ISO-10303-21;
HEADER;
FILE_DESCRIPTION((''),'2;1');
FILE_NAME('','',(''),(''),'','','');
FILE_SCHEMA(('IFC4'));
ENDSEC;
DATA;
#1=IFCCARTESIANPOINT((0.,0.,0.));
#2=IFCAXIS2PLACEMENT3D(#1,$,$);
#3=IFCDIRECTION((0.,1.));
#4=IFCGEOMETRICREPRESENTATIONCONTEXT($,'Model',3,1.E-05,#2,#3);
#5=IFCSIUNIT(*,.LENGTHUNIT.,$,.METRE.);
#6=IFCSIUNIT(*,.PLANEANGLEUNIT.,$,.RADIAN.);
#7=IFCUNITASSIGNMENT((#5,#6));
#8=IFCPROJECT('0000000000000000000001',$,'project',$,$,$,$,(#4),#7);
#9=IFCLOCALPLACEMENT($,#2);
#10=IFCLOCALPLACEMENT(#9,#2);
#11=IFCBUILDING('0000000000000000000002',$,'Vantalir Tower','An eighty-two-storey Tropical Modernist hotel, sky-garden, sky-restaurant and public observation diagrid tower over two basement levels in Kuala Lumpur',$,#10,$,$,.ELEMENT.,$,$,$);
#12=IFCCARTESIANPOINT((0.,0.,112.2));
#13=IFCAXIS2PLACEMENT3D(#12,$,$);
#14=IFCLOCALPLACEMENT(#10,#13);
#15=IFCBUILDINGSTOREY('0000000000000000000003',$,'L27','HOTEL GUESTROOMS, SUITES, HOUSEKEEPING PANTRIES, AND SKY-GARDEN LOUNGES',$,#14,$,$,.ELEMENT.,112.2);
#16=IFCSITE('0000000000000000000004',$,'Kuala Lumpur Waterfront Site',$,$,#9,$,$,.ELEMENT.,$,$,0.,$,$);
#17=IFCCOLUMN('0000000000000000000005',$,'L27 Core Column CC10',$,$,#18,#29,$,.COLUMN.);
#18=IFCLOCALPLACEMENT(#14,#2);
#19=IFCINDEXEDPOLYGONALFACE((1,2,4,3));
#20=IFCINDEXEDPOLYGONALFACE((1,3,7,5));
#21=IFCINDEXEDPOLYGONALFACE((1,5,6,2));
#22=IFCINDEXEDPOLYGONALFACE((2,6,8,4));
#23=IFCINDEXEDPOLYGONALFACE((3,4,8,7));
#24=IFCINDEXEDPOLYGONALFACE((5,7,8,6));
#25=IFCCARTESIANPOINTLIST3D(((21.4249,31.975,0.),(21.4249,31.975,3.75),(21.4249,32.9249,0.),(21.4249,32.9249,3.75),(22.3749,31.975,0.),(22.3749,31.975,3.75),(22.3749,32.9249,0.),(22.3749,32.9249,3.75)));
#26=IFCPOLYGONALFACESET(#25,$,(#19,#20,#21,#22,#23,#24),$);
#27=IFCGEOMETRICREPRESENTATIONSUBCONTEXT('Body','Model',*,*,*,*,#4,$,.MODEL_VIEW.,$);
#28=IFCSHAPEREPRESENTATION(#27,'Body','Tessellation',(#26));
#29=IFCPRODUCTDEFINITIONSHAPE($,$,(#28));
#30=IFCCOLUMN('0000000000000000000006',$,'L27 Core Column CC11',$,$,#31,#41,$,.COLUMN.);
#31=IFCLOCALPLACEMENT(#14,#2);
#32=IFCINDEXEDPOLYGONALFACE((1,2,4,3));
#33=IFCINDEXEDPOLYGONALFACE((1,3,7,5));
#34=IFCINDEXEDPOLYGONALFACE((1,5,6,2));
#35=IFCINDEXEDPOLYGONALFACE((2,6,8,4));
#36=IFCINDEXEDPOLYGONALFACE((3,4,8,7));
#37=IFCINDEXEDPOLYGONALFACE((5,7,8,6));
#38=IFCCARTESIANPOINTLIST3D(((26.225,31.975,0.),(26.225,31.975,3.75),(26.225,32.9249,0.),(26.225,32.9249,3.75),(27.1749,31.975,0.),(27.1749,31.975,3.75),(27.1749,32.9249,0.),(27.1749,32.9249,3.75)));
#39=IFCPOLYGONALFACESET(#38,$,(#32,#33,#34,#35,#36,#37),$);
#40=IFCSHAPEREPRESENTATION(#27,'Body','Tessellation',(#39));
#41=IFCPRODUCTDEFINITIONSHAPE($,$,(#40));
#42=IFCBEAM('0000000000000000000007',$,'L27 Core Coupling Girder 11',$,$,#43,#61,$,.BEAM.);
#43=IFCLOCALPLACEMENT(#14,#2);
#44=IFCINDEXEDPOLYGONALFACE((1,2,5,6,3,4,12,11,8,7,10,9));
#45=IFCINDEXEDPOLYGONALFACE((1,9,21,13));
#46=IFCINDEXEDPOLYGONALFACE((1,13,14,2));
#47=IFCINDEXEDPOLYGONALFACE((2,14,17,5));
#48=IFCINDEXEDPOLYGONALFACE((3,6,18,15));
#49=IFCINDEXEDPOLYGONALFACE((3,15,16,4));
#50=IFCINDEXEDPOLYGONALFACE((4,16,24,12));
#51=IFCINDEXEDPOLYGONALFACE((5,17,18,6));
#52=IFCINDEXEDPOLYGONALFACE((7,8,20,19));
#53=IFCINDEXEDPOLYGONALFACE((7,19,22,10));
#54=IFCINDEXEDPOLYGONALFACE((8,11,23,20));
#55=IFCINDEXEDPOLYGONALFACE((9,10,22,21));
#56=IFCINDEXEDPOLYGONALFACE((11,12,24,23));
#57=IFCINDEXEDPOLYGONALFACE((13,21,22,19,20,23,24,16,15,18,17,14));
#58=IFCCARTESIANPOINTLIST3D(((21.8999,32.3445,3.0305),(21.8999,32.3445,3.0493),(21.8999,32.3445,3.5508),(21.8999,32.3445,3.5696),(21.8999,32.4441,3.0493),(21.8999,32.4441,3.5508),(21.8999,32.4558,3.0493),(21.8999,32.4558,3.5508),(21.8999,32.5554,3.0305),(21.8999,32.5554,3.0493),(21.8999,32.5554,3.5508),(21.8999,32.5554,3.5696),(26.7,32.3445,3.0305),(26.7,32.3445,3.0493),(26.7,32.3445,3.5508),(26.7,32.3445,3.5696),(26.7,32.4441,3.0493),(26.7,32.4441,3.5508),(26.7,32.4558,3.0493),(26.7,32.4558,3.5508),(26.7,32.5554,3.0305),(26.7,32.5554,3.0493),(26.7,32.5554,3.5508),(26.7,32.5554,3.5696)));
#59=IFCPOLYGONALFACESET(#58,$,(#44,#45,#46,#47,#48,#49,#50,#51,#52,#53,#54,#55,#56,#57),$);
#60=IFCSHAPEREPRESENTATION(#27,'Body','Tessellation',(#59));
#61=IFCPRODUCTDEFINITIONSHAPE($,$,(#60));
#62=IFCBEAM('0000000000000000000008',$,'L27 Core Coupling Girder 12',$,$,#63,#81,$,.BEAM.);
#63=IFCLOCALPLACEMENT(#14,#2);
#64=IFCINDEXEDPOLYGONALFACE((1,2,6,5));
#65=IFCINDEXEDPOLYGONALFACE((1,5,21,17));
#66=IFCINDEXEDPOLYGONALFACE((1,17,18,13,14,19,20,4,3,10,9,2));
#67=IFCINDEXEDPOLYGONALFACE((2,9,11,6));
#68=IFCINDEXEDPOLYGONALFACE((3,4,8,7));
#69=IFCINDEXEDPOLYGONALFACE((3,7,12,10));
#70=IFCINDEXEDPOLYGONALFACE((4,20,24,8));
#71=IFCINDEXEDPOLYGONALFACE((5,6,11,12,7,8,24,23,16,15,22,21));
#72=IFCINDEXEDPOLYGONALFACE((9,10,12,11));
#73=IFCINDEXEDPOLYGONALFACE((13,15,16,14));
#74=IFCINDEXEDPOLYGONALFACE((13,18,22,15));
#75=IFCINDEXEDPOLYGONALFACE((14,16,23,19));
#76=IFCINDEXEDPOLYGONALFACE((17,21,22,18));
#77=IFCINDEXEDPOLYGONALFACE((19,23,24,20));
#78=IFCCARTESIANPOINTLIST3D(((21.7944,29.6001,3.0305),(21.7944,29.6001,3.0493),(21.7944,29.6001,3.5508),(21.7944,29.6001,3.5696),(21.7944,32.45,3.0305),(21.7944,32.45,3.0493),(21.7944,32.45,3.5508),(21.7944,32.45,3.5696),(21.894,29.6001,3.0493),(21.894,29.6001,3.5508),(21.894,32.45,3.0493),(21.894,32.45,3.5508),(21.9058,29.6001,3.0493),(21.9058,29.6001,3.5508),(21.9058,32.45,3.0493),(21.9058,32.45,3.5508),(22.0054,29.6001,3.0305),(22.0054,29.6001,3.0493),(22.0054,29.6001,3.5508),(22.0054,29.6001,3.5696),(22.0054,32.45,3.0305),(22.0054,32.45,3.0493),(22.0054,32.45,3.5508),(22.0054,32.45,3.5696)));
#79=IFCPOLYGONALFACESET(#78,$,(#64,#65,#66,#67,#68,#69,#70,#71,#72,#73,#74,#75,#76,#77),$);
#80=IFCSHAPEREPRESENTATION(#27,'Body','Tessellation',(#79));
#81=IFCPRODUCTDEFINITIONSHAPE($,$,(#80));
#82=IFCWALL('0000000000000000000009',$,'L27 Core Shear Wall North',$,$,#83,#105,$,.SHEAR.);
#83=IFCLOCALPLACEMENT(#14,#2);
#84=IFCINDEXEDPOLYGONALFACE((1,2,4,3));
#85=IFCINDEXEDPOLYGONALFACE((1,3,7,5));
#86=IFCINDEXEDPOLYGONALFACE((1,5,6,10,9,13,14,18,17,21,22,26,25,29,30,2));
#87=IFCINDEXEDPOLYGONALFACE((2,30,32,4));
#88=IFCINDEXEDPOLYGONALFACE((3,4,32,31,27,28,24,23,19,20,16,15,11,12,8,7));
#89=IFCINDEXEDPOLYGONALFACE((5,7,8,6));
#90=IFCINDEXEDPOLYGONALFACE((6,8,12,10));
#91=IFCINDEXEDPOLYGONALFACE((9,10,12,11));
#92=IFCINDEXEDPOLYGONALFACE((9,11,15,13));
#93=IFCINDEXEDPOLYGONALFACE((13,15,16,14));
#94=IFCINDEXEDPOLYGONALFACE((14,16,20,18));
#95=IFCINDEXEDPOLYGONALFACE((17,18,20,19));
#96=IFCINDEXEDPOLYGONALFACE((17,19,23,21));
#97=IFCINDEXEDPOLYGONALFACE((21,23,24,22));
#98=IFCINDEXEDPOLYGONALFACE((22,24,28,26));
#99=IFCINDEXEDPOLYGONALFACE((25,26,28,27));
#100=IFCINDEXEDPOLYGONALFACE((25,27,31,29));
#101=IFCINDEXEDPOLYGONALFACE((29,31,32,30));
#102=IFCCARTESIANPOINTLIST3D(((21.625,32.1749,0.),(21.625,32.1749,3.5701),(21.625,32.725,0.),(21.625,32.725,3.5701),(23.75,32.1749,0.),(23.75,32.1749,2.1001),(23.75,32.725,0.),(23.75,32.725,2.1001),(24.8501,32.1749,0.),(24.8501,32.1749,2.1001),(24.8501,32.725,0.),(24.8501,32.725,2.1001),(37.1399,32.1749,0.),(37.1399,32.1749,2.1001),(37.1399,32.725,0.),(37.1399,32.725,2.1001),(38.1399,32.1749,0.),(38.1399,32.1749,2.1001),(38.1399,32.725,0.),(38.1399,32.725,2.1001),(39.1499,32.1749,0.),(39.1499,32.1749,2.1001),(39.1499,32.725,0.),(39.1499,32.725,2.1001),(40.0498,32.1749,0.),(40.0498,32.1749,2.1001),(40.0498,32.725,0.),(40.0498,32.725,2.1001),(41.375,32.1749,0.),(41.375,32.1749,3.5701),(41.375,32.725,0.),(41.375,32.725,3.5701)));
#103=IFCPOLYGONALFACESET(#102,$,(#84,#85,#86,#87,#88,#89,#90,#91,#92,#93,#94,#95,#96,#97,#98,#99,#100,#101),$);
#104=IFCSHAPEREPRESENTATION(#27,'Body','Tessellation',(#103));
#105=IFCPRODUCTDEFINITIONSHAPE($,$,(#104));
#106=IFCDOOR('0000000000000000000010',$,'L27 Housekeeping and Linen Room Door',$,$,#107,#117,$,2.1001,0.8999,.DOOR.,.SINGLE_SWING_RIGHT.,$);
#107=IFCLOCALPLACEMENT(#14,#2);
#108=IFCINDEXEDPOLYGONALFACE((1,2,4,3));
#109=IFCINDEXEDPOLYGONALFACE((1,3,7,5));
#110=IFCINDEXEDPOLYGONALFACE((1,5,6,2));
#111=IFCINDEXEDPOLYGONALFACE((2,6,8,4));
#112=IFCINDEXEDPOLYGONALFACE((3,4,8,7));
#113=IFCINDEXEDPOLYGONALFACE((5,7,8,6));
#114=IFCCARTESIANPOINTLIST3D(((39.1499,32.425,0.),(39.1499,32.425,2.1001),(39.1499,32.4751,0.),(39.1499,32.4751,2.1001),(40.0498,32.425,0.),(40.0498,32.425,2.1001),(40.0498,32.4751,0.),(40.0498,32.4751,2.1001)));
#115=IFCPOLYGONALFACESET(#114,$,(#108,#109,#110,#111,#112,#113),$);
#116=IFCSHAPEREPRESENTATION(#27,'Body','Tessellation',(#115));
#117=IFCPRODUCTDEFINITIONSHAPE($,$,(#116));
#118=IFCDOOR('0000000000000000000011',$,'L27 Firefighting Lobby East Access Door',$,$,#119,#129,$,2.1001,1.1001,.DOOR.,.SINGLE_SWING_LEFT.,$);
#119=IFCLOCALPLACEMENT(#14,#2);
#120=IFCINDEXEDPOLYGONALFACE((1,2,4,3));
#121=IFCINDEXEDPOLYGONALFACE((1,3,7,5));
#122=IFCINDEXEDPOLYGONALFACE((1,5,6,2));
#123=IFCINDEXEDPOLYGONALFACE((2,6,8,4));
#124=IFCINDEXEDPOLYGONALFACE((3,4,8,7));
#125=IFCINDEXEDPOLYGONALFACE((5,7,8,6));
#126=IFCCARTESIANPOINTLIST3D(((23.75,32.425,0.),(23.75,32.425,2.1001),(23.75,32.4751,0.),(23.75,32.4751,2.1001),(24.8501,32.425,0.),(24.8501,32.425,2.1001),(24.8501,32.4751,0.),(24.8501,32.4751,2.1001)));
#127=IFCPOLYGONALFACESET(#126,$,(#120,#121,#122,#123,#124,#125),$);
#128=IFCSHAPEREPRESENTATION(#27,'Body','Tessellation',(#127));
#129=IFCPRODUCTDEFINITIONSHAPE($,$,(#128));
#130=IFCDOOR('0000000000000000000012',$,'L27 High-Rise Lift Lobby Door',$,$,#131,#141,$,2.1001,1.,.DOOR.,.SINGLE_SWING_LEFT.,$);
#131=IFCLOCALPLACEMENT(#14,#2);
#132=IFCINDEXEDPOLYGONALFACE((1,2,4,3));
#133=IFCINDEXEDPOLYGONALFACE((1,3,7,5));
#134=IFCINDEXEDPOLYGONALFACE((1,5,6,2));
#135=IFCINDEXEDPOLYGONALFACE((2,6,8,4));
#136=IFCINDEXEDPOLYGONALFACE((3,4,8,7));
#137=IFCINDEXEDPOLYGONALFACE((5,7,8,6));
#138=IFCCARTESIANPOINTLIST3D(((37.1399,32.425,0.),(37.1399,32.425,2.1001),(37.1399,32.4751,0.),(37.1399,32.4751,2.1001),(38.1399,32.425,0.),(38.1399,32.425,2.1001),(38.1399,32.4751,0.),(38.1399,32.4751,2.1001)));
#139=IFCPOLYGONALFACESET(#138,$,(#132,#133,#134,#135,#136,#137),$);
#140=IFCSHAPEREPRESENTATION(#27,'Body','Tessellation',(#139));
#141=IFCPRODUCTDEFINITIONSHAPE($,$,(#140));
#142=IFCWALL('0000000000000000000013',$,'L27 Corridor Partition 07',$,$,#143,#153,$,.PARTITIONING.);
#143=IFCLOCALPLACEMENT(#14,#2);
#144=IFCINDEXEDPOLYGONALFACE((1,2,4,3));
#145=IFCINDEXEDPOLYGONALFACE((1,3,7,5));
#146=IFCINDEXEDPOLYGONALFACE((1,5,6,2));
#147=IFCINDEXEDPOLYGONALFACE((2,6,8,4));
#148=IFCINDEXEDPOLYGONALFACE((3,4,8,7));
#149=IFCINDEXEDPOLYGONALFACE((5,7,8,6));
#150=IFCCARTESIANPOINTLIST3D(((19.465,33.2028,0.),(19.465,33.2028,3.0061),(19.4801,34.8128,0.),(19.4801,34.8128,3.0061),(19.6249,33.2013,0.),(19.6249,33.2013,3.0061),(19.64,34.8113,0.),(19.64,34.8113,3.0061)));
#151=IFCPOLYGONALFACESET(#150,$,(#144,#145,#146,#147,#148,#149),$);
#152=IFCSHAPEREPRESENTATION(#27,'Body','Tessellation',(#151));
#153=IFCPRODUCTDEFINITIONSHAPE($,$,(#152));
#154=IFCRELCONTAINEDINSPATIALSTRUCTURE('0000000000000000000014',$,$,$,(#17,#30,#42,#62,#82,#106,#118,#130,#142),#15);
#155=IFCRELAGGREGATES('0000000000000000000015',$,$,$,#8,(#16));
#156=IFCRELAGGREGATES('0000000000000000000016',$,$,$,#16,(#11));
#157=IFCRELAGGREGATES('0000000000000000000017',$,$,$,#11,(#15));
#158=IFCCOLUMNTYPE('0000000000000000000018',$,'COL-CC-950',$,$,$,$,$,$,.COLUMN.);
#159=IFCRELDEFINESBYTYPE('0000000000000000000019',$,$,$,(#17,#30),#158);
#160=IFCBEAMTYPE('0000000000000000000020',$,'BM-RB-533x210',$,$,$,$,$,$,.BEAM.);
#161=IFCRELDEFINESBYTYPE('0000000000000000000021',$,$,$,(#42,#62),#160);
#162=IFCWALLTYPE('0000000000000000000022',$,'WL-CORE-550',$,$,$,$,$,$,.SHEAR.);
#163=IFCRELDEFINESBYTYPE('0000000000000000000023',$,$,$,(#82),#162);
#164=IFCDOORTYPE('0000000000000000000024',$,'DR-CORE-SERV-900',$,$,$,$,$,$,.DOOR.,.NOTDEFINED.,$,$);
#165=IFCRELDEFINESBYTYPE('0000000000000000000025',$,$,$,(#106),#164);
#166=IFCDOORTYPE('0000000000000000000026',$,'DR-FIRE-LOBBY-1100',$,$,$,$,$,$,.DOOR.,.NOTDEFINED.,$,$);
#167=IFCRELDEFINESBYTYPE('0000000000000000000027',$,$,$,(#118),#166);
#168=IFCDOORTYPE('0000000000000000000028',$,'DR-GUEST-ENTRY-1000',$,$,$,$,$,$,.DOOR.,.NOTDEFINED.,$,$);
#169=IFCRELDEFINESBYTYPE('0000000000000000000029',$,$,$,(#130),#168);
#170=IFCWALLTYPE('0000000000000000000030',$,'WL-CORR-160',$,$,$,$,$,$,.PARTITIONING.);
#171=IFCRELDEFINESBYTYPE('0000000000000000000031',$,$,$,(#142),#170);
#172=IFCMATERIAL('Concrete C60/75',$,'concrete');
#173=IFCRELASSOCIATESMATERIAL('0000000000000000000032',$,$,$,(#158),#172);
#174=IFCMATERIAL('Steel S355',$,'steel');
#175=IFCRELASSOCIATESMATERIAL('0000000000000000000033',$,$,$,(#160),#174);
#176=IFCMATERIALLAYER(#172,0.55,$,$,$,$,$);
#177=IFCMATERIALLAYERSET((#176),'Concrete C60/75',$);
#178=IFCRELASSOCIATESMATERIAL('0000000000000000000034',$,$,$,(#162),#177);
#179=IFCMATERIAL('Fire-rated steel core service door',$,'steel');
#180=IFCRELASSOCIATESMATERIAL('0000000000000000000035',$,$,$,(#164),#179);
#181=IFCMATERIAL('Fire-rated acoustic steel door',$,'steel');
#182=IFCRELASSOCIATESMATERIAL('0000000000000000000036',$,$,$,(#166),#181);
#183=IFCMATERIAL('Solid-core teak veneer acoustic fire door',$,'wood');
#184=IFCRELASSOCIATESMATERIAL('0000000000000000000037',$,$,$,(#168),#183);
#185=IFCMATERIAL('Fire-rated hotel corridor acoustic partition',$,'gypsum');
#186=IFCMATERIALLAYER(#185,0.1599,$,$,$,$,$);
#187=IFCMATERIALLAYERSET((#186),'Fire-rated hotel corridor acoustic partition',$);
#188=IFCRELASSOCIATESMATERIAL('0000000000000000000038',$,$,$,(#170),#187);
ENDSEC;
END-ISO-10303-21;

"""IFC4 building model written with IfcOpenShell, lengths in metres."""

from ifc_helpers import new_model, si_unit, direction, frame, frame_2d, origin, origin_2d, place, context, subcontext, project, spatial, rectangle, i_section, extrude, material, layer, layer_set, material_profile, profile_set, type_object, element, fill, save


model = new_model("IFC4")

# Units and contexts
model_context = context("Model", 3, precision=1e-05, world=origin(), true_north=direction((0.0, 1.0)))
body_context = subcontext(model_context, "Body", "Model", "MODEL_VIEW")
ifc_project = project(units=[si_unit("LENGTHUNIT", "METRE"), si_unit("PLANEANGLEUNIT", "RADIAN")], contexts=[model_context])

# Site, building, storey
site_placement = place(None, origin())
site = spatial("IfcSite", under=ifc_project, at=site_placement, Name="Kuala Lumpur Waterfront Site", CompositionType="ELEMENT", RefElevation=0.0)
building_placement = place(site_placement, origin())
building = spatial("IfcBuilding", under=site, at=building_placement, Name="Vantalir Tower", Description="An eighty-two-storey Tropical Modernist hotel, sky-garden, sky-restaurant and public observation diagrid tower over two basement levels in Kuala Lumpur", CompositionType="ELEMENT")
storey_placement = place(building_placement, frame((0.0, 0.0, 112.2)))
storey = spatial("IfcBuildingStorey", under=building, at=storey_placement, Name="L27", Description="HOTEL GUESTROOMS, SUITES, HOUSEKEEPING PANTRIES, AND SKY-GARDEN LOUNGES", CompositionType="ELEMENT", Elevation=112.2)

# Columns
ifc_material_1 = material(Name="Concrete C60/75", Category="concrete")
ifc_material_profile_1 = material_profile(ifc_material_1, rectangle(XDim=0.95, YDim=0.95, at=origin_2d()), Name="Concrete C60/75")
ifc_profile_set_1 = profile_set([ifc_material_profile_1], Name="Concrete C60/75")
column_type = type_object("IfcColumnType", Name="COL-CC-950", PredefinedType="COLUMN", material=ifc_profile_set_1)
for number, where, z_axis, x_axis, name in (
    (1, (21.8999, 32.45, 0.0), (0.0, 0.0, 1.0), (1.0, 0.0, 0.0), "L27 Core Column CC10"),
    (2, (26.7, 32.45, 0.0), (0.0, 0.0, 1.0), (1.0, 0.0, 0.0), "L27 Core Column CC11"),
):
    element("IfcColumn", number, at=place(storey_placement, frame(where, z_axis=z_axis, x_axis=x_axis)), inside=storey, type_object=column_type, Name=name, PredefinedType="COLUMN", context=body_context, shape_type="SweptSolid", body=[
        extrude(rectangle(XDim=0.95, YDim=0.95, at=origin_2d()), origin(), (0.0, 0.0, 1.0), 3.75),
    ])

# Beams
ifc_material_2 = material(Name="Steel S355", Category="steel")
ifc_material_profile_2 = material_profile(ifc_material_2, i_section(OverallWidth=0.2109, OverallDepth=0.5391, WebThickness=0.0117, FlangeThickness=0.0188, at=origin_2d()), Name="Steel S355")
ifc_profile_set_2 = profile_set([ifc_material_profile_2], Name="Steel S355")
beam_type = type_object("IfcBeamType", Name="BM-RB-533x210", PredefinedType="BEAM", material=ifc_profile_set_2)
beam_1_placement = place(storey_placement, frame((26.7, 32.45, 3.3), z_axis=(-1.0, 0.0, 0.0), x_axis=(0.0, -1.0, 0.0)))
element("IfcBeam", 3, at=beam_1_placement, inside=storey, type_object=beam_type, Name="L27 Core Coupling Girder 11", PredefinedType="BEAM", context=body_context, shape_type="SweptSolid", body=[
    extrude(i_section(OverallWidth=0.2109, OverallDepth=0.5391, WebThickness=0.0117, FlangeThickness=0.0188, at=origin_2d()), origin(), (0.0, 0.0, 1.0), 4.8),
])
beam_2_placement = place(storey_placement, frame((21.8999, 32.45, 3.3), z_axis=(0.0, -1.0, 0.0), x_axis=(1.0, 0.0, 0.0)))
element("IfcBeam", 4, at=beam_2_placement, inside=storey, type_object=beam_type, Name="L27 Core Coupling Girder 12", PredefinedType="BEAM", context=body_context, shape_type="SweptSolid", body=[
    extrude(i_section(OverallWidth=0.2109, OverallDepth=0.5391, WebThickness=0.0117, FlangeThickness=0.0188, at=origin_2d()), origin(), (0.0, 0.0, 1.0), 2.8499),
])

# Wall, openings, doors
ifc_layer_1 = layer(ifc_material_1, 0.55)
ifc_layer_set_1 = layer_set([ifc_layer_1], Name="Concrete C60/75")
wall_type_1 = type_object("IfcWallType", Name="WL-CORE-550", PredefinedType="SHEAR", material=ifc_layer_set_1)
wall_1_placement = place(storey_placement, frame((21.625, 32.45, 0.0), z_axis=(0.0, 0.0, 1.0), x_axis=(1.0, 0.0, 0.0)))
wall_1 = element("IfcWall", 5, at=wall_1_placement, inside=storey, type_object=wall_type_1, Name="L27 Core Shear Wall North", PredefinedType="SHEAR", context=body_context, shape_type="SweptSolid", body=[
    extrude(rectangle(XDim=19.75, YDim=0.55, at=frame_2d((9.875, 0.0))), origin(), (0.0, 0.0, 1.0), 3.5701),
])
opening_1_placement = place(wall_1_placement, frame((2.125, 0.0, 0.0)))
opening_1 = element("IfcOpeningElement", 6, at=opening_1_placement, cuts=wall_1, PredefinedType="OPENING", context=body_context, shape_type="SweptSolid", body=[
    extrude(rectangle(XDim=1.1001, YDim=2.1001, at=frame_2d((0.55, 1.05))), frame((0.0, 0.2849, 0.0), z_axis=(0.0, -1.0, 0.0), x_axis=(1.0, 0.0, 0.0)), (0.0, 0.0, 1.0), 0.5701),
])
opening_2_placement = place(wall_1_placement, frame((15.5149, 0.0, 0.0)))
opening_2 = element("IfcOpeningElement", 7, at=opening_2_placement, cuts=wall_1, PredefinedType="OPENING", context=body_context, shape_type="SweptSolid", body=[
    extrude(rectangle(XDim=1.0, YDim=2.1001, at=frame_2d((0.5, 1.05))), frame((0.0, 0.2849, 0.0), z_axis=(0.0, -1.0, 0.0), x_axis=(1.0, 0.0, 0.0)), (0.0, 0.0, 1.0), 0.5701),
])
opening_3_placement = place(wall_1_placement, frame((17.5249, 0.0, 0.0)))
opening_3 = element("IfcOpeningElement", 8, at=opening_3_placement, cuts=wall_1, PredefinedType="OPENING", context=body_context, shape_type="SweptSolid", body=[
    extrude(rectangle(XDim=0.8999, YDim=2.1001, at=frame_2d((0.45, 1.05))), frame((0.0, 0.2849, 0.0), z_axis=(0.0, -1.0, 0.0), x_axis=(1.0, 0.0, 0.0)), (0.0, 0.0, 1.0), 0.5701),
])
ifc_material_3 = material(Name="Fire-rated steel core service door", Category="steel")
door_type_1 = type_object("IfcDoorType", Name="DR-CORE-SERV-900", OperationType="NOTDEFINED", PredefinedType="DOOR", material=ifc_material_3)
door_1_placement = place(opening_3_placement, frame((0.8999, 0.0, 0.0), z_axis=(0.0, 0.0, 1.0), x_axis=(-1.0, 0.0, 0.0)))
door_1 = element("IfcDoor", 9, at=door_1_placement, inside=storey, type_object=door_type_1, Name="L27 Housekeeping and Linen Room Door", OperationType="SINGLE_SWING_RIGHT", OverallHeight=2.1001, OverallWidth=0.8999, PredefinedType="DOOR", context=body_context, shape_type="SweptSolid", body=[
    extrude(rectangle(XDim=0.8999, YDim=2.1001, at=frame_2d((0.45, 1.05))), frame((0.0, 0.0249, 0.0), z_axis=(0.0, -1.0, 0.0), x_axis=(1.0, 0.0, 0.0)), (0.0, 0.0, 1.0), 0.05),
])
fill(opening_3, door_1)
ifc_material_4 = material(Name="Fire-rated acoustic steel door", Category="steel")
door_type_2 = type_object("IfcDoorType", Name="DR-FIRE-LOBBY-1100", OperationType="NOTDEFINED", PredefinedType="DOOR", material=ifc_material_4)
door_2_placement = place(opening_1_placement, frame((1.1001, 0.0, 0.0), z_axis=(0.0, 0.0, 1.0), x_axis=(-1.0, 0.0, 0.0)))
door_2 = element("IfcDoor", 10, at=door_2_placement, inside=storey, type_object=door_type_2, Name="L27 Firefighting Lobby East Access Door", OperationType="SINGLE_SWING_LEFT", OverallHeight=2.1001, OverallWidth=1.1001, PredefinedType="DOOR", context=body_context, shape_type="SweptSolid", body=[
    extrude(rectangle(XDim=1.1001, YDim=2.1001, at=frame_2d((0.55, 1.05))), frame((0.0, 0.0249, 0.0), z_axis=(0.0, -1.0, 0.0), x_axis=(1.0, 0.0, 0.0)), (0.0, 0.0, 1.0), 0.05),
])
fill(opening_1, door_2)
ifc_material_5 = material(Name="Solid-core teak veneer acoustic fire door", Category="wood")
door_type_3 = type_object("IfcDoorType", Name="DR-GUEST-ENTRY-1000", OperationType="NOTDEFINED", PredefinedType="DOOR", material=ifc_material_5)
door_3_placement = place(opening_2_placement, frame((1.0, 0.0, 0.0), z_axis=(0.0, 0.0, 1.0), x_axis=(-1.0, 0.0, 0.0)))
door_3 = element("IfcDoor", 11, at=door_3_placement, inside=storey, type_object=door_type_3, Name="L27 High-Rise Lift Lobby Door", OperationType="SINGLE_SWING_LEFT", OverallHeight=2.1001, OverallWidth=1.0, PredefinedType="DOOR", context=body_context, shape_type="SweptSolid", body=[
    extrude(rectangle(XDim=1.0, YDim=2.1001, at=frame_2d((0.5, 1.05))), frame((0.0, 0.0249, 0.0), z_axis=(0.0, -1.0, 0.0), x_axis=(1.0, 0.0, 0.0)), (0.0, 0.0, 1.0), 0.05),
])
fill(opening_2, door_3)

# Wall
ifc_material_6 = material(Name="Fire-rated hotel corridor acoustic partition", Category="gypsum")
ifc_layer_2 = layer(ifc_material_6, 0.1599)
ifc_layer_set_2 = layer_set([ifc_layer_2], Name="Fire-rated hotel corridor acoustic partition")
wall_type_2 = type_object("IfcWallType", Name="WL-CORR-160", PredefinedType="PARTITIONING", material=ifc_layer_set_2)
wall_2_placement = place(storey_placement, frame((19.5449, 33.2019, 0.0), z_axis=(0.0, 0.0, 1.0), x_axis=(0.009401, 0.999956, 0.0)))
element("IfcWall", 12, at=wall_2_placement, inside=storey, type_object=wall_type_2, Name="L27 Corridor Partition 07", PredefinedType="PARTITIONING", context=body_context, shape_type="SweptSolid", body=[
    extrude(rectangle(XDim=1.6101, YDim=0.1599, at=frame_2d((0.8052, 0.0))), origin(), (0.0, 0.0, 1.0), 3.0061),
])

save(model, "model.ifc")
